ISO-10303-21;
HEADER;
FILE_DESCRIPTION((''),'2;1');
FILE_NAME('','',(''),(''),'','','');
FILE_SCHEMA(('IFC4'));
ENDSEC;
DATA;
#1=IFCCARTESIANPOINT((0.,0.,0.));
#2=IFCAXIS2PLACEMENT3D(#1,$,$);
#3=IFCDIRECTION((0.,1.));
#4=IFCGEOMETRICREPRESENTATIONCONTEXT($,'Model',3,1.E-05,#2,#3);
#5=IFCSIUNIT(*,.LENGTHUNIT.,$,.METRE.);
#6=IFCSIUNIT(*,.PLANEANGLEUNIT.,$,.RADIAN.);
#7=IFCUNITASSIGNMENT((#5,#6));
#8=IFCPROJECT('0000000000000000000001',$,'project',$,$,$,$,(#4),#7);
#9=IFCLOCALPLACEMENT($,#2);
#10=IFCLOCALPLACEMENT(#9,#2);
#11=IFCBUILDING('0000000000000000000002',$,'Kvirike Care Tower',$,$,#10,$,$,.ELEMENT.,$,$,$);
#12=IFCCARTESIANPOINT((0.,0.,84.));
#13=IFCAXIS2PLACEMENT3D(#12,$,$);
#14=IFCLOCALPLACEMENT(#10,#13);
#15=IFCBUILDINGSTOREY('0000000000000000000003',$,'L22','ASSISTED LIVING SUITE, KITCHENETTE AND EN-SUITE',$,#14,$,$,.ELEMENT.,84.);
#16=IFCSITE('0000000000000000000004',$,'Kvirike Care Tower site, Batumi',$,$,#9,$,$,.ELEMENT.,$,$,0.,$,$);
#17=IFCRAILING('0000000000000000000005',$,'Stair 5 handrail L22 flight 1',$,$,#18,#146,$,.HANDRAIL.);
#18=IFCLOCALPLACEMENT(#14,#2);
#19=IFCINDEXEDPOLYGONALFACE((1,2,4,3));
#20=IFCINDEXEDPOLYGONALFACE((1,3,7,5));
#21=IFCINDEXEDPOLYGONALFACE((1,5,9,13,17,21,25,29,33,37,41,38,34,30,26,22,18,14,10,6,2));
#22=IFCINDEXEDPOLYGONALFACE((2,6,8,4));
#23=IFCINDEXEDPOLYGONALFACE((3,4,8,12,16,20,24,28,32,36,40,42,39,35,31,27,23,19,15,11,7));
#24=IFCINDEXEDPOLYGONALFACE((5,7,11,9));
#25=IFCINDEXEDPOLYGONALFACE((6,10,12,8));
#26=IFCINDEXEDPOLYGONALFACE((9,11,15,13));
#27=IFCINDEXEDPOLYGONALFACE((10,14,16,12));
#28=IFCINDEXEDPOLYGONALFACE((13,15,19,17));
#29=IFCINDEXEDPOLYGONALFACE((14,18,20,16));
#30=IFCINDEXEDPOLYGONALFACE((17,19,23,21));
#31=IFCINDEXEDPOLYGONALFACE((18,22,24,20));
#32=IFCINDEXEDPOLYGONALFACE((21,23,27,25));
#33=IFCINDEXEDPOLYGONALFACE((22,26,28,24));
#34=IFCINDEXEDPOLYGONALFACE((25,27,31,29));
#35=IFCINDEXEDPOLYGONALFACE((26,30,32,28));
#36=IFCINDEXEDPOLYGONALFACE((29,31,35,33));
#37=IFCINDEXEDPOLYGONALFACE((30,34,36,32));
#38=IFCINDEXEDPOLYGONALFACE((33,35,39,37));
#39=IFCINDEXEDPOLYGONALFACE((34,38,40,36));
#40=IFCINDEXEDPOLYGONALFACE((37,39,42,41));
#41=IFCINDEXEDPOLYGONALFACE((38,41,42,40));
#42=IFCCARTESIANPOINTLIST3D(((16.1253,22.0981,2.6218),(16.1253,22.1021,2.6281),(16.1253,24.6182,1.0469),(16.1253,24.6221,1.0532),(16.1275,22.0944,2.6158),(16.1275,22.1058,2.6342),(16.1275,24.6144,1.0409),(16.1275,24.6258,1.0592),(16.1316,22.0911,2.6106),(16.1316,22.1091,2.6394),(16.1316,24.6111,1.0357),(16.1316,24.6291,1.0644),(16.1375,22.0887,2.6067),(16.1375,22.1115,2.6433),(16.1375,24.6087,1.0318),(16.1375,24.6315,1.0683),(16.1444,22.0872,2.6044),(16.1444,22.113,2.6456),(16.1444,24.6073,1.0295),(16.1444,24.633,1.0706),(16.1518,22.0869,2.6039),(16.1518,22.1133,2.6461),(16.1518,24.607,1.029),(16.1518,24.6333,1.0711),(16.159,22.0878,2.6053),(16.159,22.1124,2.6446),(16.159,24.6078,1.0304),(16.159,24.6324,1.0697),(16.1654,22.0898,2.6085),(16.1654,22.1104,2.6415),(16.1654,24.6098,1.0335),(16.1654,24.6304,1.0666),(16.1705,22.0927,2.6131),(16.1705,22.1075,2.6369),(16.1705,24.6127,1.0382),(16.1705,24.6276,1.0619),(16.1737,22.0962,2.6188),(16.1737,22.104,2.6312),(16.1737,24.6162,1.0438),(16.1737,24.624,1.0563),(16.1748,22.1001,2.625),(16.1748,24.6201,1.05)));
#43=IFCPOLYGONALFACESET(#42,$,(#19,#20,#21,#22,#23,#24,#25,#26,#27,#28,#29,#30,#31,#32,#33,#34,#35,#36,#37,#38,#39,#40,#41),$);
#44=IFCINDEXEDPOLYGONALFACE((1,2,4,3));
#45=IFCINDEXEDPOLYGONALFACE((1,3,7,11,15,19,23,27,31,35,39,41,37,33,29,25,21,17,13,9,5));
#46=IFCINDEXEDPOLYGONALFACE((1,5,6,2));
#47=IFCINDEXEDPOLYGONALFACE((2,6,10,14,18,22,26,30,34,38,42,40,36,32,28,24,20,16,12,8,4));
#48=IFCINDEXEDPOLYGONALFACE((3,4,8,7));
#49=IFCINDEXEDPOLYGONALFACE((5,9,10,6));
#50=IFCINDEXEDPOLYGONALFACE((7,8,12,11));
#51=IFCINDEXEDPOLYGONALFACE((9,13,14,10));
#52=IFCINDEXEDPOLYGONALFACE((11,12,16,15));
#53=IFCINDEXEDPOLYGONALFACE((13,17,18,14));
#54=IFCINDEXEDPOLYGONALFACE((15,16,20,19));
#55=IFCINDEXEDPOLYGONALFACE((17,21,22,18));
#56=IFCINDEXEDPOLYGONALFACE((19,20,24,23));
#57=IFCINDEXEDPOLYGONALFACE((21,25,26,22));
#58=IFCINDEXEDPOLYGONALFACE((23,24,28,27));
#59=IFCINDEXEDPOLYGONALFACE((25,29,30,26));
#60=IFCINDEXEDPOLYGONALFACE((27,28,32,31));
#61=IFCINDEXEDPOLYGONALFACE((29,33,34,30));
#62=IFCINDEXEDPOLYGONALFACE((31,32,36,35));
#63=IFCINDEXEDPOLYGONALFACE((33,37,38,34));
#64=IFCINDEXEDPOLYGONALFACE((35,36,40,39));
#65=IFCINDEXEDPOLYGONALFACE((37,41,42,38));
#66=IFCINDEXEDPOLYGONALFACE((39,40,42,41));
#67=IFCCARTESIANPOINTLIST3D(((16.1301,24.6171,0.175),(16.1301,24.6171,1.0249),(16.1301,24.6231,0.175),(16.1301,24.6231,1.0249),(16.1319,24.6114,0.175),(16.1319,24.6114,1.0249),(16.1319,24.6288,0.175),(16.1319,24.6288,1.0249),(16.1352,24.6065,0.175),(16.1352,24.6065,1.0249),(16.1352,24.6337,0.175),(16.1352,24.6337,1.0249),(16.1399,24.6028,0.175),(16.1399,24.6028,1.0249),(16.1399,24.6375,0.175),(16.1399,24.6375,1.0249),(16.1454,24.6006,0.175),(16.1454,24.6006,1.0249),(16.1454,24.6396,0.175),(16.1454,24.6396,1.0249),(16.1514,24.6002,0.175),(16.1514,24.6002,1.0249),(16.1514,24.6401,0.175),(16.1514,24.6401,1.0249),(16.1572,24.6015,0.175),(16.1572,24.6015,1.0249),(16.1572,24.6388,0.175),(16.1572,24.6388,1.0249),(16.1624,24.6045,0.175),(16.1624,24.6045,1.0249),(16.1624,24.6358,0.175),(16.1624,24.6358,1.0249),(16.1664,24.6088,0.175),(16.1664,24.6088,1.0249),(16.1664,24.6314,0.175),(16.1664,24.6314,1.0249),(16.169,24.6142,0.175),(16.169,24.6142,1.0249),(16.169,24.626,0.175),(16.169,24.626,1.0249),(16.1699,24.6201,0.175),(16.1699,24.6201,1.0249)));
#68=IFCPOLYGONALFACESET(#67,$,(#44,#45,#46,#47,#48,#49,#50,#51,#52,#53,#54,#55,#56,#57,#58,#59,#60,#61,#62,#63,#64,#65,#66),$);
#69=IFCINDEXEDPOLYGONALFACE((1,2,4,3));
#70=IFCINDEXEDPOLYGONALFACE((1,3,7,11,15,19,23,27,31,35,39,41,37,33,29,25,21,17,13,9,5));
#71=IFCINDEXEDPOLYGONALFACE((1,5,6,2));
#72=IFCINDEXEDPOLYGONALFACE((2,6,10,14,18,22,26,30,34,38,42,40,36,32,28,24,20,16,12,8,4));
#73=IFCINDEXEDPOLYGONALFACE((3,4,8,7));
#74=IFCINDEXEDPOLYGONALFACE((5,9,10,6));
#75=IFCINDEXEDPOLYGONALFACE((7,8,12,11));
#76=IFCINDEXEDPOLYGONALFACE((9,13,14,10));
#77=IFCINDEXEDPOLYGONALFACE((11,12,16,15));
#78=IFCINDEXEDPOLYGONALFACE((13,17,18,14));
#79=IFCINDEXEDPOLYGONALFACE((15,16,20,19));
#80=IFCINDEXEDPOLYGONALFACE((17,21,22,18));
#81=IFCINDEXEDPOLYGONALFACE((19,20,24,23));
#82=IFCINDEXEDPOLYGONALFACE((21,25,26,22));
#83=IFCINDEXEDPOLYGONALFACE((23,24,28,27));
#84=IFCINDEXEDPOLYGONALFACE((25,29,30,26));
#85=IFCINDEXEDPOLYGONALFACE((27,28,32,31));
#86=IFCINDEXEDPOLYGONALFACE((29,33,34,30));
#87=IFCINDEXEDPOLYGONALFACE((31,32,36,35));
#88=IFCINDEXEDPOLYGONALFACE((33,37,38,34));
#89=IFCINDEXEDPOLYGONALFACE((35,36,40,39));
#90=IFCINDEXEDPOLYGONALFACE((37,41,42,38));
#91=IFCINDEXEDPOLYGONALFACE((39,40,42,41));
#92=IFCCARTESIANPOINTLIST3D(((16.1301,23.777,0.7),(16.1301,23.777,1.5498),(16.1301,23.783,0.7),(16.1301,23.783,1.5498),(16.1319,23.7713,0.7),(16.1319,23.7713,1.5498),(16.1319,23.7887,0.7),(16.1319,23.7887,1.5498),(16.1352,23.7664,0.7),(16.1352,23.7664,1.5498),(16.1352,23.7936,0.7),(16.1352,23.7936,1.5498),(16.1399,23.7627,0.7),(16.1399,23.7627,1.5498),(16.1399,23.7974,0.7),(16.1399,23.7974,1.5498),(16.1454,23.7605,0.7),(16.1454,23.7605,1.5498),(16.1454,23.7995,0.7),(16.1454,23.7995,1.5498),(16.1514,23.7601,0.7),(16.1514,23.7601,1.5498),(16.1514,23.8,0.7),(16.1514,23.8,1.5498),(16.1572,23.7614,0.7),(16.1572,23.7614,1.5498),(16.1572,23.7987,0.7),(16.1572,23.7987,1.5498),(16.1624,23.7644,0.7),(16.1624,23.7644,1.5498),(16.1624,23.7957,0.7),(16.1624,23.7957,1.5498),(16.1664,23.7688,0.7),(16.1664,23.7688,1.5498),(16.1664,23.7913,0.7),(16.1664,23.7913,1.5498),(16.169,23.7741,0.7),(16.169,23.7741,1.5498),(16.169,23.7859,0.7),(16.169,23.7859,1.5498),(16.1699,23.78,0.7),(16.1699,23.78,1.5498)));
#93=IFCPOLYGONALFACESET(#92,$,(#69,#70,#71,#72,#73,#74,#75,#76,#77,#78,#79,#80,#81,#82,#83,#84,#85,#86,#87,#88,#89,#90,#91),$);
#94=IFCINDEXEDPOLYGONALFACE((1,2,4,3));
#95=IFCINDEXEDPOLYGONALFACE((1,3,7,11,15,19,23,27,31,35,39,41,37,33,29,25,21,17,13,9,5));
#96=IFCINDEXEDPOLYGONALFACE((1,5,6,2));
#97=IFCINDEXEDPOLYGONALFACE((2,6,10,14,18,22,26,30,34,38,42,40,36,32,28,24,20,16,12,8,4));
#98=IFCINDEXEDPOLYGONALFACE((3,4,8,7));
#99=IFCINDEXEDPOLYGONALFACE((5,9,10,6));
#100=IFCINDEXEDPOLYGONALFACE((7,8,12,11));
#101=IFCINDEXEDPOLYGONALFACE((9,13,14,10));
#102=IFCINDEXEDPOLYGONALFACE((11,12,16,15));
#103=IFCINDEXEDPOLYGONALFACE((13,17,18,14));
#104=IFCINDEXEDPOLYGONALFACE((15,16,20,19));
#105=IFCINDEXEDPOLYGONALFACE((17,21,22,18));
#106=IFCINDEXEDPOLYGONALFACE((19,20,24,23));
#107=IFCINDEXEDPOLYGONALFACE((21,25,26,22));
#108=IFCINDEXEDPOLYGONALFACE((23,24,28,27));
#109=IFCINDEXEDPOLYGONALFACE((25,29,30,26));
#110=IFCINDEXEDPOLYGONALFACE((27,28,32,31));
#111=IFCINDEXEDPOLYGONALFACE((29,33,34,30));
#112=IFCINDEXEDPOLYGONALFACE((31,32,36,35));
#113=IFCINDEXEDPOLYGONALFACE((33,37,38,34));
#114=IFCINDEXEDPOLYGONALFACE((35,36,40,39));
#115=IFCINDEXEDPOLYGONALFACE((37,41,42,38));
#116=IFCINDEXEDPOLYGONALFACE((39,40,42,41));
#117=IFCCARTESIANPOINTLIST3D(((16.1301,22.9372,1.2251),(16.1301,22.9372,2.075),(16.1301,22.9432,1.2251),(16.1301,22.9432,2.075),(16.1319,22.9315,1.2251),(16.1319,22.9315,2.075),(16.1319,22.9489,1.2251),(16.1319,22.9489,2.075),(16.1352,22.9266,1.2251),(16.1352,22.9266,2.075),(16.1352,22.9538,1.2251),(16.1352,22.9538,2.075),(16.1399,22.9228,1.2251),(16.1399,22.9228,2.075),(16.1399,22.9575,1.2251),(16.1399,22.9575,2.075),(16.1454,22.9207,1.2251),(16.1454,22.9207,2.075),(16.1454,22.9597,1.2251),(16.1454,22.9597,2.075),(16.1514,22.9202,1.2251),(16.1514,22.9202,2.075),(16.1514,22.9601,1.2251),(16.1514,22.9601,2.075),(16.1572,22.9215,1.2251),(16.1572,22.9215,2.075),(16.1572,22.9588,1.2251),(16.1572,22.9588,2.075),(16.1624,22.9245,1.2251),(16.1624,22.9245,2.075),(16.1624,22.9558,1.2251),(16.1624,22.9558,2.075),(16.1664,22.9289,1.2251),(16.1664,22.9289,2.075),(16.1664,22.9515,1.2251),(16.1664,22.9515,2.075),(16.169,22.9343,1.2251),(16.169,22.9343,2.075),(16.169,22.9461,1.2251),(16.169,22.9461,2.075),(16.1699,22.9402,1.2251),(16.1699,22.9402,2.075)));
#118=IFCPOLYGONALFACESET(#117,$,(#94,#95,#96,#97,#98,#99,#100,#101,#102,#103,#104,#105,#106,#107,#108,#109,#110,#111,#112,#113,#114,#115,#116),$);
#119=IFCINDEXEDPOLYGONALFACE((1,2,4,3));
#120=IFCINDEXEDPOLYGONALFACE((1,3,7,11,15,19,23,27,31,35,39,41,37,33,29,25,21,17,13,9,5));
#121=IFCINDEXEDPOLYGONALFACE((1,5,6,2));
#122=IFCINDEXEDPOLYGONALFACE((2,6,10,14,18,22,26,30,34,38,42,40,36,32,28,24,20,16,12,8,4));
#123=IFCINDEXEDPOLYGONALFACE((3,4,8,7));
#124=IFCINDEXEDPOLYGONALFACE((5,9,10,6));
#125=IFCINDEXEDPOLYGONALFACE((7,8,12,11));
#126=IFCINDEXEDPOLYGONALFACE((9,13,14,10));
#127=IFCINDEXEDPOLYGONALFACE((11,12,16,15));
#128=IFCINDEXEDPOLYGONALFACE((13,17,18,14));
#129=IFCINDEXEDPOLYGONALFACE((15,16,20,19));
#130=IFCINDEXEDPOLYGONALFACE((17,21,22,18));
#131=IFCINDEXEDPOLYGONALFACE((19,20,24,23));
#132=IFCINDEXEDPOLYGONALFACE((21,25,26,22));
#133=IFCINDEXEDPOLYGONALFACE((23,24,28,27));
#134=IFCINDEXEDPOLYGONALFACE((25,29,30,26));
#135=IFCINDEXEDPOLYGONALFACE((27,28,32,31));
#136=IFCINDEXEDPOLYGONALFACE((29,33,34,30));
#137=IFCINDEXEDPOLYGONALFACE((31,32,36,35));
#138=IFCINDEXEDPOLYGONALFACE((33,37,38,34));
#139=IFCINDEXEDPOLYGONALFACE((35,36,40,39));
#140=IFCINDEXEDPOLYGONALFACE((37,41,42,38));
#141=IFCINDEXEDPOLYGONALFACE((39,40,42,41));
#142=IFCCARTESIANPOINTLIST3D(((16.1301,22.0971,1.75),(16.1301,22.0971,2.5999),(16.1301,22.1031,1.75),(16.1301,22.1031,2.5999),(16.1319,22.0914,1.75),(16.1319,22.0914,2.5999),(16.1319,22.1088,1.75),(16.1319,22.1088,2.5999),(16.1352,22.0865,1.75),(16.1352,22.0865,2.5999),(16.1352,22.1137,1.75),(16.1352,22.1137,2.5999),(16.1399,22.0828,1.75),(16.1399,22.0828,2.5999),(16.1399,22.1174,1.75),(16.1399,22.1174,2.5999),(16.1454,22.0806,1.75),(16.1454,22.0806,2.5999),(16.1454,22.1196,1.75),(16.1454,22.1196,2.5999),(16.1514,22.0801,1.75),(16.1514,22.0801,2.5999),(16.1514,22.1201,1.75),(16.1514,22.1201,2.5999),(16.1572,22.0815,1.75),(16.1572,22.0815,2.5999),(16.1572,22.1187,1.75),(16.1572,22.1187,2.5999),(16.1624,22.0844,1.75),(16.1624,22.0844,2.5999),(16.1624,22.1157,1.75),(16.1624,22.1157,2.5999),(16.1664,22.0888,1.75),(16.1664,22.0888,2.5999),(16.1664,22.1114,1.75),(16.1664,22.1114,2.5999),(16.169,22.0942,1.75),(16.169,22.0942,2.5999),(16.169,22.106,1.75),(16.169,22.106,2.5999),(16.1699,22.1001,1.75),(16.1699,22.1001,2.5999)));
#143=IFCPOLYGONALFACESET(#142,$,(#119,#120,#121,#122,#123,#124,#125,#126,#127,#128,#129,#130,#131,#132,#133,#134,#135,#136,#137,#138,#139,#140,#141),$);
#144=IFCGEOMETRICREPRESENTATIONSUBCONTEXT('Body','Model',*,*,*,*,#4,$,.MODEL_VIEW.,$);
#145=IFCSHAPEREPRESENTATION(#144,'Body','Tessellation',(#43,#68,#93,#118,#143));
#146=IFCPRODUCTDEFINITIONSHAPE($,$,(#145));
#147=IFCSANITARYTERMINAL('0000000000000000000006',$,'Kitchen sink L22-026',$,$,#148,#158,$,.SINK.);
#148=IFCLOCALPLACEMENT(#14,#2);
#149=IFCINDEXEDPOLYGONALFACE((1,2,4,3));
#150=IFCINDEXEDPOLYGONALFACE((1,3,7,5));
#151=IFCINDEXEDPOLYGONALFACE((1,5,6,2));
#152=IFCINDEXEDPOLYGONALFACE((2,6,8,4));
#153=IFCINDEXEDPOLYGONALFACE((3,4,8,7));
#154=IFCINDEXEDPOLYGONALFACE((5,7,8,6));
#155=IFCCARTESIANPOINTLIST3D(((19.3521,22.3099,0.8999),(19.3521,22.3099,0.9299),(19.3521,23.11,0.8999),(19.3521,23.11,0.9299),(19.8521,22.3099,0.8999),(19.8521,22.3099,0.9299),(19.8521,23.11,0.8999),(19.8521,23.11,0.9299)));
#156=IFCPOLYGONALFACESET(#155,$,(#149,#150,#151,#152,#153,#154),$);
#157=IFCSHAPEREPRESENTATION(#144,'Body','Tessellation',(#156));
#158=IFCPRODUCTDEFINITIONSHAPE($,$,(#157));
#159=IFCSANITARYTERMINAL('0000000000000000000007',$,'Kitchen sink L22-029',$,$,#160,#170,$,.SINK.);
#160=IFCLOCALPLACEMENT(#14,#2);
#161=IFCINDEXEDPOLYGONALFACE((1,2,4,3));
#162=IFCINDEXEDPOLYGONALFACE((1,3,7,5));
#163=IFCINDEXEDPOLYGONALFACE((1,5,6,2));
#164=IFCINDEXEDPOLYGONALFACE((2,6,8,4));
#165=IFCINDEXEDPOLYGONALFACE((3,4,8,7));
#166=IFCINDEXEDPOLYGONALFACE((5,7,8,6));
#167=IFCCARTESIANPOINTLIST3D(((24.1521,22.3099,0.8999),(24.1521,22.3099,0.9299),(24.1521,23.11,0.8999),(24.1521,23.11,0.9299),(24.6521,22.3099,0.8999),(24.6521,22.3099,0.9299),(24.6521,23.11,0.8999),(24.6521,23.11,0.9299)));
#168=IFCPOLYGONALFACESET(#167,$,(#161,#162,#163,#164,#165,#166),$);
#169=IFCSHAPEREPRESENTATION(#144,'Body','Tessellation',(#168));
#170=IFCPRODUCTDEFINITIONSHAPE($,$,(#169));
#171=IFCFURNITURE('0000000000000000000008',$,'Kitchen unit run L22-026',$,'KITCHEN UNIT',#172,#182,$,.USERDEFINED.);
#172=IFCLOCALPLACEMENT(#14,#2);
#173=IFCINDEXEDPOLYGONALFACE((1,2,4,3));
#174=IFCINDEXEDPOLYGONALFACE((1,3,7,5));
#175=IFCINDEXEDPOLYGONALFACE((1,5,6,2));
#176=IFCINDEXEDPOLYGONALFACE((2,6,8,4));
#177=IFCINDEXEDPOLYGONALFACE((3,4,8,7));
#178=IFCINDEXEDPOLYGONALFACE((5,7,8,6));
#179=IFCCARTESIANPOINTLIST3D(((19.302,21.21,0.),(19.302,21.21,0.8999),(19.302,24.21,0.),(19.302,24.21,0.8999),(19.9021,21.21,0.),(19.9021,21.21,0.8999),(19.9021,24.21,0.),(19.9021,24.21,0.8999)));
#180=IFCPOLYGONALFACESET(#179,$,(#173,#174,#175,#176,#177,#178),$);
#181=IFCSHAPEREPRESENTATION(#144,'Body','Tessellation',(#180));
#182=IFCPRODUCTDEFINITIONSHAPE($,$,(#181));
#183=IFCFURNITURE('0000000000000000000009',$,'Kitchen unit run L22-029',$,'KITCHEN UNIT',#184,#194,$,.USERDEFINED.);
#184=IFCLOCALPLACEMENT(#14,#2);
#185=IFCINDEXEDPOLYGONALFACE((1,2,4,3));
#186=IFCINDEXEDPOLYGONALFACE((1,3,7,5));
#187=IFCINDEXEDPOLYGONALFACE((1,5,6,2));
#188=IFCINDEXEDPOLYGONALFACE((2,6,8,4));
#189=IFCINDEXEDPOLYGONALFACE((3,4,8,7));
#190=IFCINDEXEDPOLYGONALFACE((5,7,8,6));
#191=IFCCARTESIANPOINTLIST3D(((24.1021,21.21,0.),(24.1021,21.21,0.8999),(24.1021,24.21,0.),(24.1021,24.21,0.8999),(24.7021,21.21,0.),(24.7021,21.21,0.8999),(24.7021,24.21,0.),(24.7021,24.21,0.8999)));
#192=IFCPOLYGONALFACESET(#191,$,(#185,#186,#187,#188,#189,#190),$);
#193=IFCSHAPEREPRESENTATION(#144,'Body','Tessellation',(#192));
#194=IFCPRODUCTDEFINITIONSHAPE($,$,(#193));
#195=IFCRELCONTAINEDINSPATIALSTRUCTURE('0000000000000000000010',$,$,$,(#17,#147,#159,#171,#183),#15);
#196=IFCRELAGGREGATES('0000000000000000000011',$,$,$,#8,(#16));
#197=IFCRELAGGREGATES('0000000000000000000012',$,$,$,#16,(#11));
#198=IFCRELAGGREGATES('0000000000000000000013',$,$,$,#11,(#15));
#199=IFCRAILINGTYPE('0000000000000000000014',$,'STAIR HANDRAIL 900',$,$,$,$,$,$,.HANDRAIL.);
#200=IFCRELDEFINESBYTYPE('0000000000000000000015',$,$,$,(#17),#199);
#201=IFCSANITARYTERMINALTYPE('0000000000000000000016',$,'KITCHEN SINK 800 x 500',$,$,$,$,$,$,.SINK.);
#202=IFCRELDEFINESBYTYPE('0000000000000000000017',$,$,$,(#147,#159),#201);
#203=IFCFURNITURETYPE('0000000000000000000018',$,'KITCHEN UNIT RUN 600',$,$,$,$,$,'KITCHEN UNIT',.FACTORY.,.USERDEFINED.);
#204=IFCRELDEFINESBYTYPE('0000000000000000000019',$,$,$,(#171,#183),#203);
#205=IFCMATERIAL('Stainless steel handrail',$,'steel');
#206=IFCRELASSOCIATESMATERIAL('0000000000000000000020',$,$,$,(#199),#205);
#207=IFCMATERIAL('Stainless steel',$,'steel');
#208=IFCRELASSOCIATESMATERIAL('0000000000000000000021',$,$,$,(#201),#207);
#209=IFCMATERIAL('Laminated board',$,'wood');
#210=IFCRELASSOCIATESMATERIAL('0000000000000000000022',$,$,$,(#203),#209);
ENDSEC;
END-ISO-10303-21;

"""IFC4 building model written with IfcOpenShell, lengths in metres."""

from ifc_helpers import new_model, si_unit, direction, frame, origin, origin_2d, place, context, subcontext, project, spatial, rectangle, circle, extrude, material, type_object, element, save


model = new_model("IFC4")

# Units and contexts
model_context = context("Model", 3, precision=1e-05, world=origin(), true_north=direction((0.0, 1.0)))
body_context = subcontext(model_context, "Body", "Model", "MODEL_VIEW")
ifc_project = project(units=[si_unit("LENGTHUNIT", "METRE"), si_unit("PLANEANGLEUNIT", "RADIAN")], contexts=[model_context])

# Site, building, storey
site_placement = place(None, origin())
site = spatial("IfcSite", under=ifc_project, at=site_placement, Name="Kvirike Care Tower site, Batumi", CompositionType="ELEMENT", RefElevation=0.0)
building_placement = place(site_placement, origin())
building = spatial("IfcBuilding", under=site, at=building_placement, Name="Kvirike Care Tower", CompositionType="ELEMENT")
storey_placement = place(building_placement, frame((0.0, 0.0, 84.0)))
storey = spatial("IfcBuildingStorey", under=building, at=storey_placement, Name="L22", Description="ASSISTED LIVING SUITE, KITCHENETTE AND EN-SUITE", CompositionType="ELEMENT", Elevation=84.0)

# Railing
ifc_material_1 = material(Name="Stainless steel handrail", Category="steel")
railing_type = type_object("IfcRailingType", Name="STAIR HANDRAIL 900", PredefinedType="HANDRAIL", material=ifc_material_1)
railing_placement = place(storey_placement, frame((16.1499, 24.6201, 0.175)))
element("IfcRailing", 1, at=railing_placement, inside=storey, type_object=railing_type, Name="Stair 5 handrail L22 flight 1", PredefinedType="HANDRAIL", context=body_context, shape_type="SweptSolid", body=[
    extrude(circle(Radius=0.0249, at=origin_2d()), frame((0.0, 0.0, 0.875), z_axis=(0.0, -0.848008, 0.529984), x_axis=(1.0, 0.0, 0.0)), (0.0, 0.0, 1.0), 2.9717),
    extrude(circle(Radius=0.02, at=origin_2d()), origin(), (0.0, 0.0, 1.0), 0.8499),
    extrude(circle(Radius=0.02, at=origin_2d()), frame((0.0, -0.8401, 0.5249)), (0.0, 0.0, 1.0), 0.8499),
    extrude(circle(Radius=0.02, at=origin_2d()), frame((0.0, -1.6799, 1.05)), (0.0, 0.0, 1.0), 0.8499),
    extrude(circle(Radius=0.02, at=origin_2d()), frame((0.0, -2.52, 1.575)), (0.0, 0.0, 1.0), 0.8499),
])

# Sanitary terminals
ifc_material_2 = material(Name="Stainless steel", Category="steel")
sanitary_terminal_type = type_object("IfcSanitaryTerminalType", Name="KITCHEN SINK 800 x 500", PredefinedType="SINK", material=ifc_material_2)
for number, where, z_axis, x_axis, name in (
    (2, (19.6021, 22.71, 0.8999), (0.0, 0.0, 1.0), (0.0, 1.0, 0.0), "Kitchen sink L22-026"),
    (3, (24.4021, 22.71, 0.8999), (0.0, 0.0, 1.0), (0.0, 1.0, 0.0), "Kitchen sink L22-029"),
):
    element("IfcSanitaryTerminal", number, at=place(storey_placement, frame(where, z_axis=z_axis, x_axis=x_axis)), inside=storey, type_object=sanitary_terminal_type, Name=name, PredefinedType="SINK", context=body_context, shape_type="SweptSolid", body=[
        extrude(rectangle(XDim=0.8, YDim=0.5, at=origin_2d()), origin(), (0.0, 0.0, 1.0), 0.03),
    ])

# Furniture
ifc_material_3 = material(Name="Laminated board", Category="wood")
furniture_type = type_object("IfcFurnitureType", Name="KITCHEN UNIT RUN 600", ElementType="KITCHEN UNIT", AssemblyPlace="FACTORY", PredefinedType="USERDEFINED", material=ifc_material_3)
for number, where, z_axis, x_axis, name in (
    (4, (19.6021, 22.71, 0.0), (0.0, 0.0, 1.0), (0.0, 1.0, 0.0), "Kitchen unit run L22-026"),
    (5, (24.4021, 22.71, 0.0), (0.0, 0.0, 1.0), (0.0, 1.0, 0.0), "Kitchen unit run L22-029"),
):
    element("IfcFurniture", number, at=place(storey_placement, frame(where, z_axis=z_axis, x_axis=x_axis)), inside=storey, type_object=furniture_type, Name=name, ObjectType="KITCHEN UNIT", PredefinedType="USERDEFINED", context=body_context, shape_type="SweptSolid", body=[
        extrude(rectangle(XDim=3.0, YDim=0.6001, at=origin_2d()), origin(), (0.0, 0.0, 1.0), 0.8999),
    ])

save(model, "model.ifc")
